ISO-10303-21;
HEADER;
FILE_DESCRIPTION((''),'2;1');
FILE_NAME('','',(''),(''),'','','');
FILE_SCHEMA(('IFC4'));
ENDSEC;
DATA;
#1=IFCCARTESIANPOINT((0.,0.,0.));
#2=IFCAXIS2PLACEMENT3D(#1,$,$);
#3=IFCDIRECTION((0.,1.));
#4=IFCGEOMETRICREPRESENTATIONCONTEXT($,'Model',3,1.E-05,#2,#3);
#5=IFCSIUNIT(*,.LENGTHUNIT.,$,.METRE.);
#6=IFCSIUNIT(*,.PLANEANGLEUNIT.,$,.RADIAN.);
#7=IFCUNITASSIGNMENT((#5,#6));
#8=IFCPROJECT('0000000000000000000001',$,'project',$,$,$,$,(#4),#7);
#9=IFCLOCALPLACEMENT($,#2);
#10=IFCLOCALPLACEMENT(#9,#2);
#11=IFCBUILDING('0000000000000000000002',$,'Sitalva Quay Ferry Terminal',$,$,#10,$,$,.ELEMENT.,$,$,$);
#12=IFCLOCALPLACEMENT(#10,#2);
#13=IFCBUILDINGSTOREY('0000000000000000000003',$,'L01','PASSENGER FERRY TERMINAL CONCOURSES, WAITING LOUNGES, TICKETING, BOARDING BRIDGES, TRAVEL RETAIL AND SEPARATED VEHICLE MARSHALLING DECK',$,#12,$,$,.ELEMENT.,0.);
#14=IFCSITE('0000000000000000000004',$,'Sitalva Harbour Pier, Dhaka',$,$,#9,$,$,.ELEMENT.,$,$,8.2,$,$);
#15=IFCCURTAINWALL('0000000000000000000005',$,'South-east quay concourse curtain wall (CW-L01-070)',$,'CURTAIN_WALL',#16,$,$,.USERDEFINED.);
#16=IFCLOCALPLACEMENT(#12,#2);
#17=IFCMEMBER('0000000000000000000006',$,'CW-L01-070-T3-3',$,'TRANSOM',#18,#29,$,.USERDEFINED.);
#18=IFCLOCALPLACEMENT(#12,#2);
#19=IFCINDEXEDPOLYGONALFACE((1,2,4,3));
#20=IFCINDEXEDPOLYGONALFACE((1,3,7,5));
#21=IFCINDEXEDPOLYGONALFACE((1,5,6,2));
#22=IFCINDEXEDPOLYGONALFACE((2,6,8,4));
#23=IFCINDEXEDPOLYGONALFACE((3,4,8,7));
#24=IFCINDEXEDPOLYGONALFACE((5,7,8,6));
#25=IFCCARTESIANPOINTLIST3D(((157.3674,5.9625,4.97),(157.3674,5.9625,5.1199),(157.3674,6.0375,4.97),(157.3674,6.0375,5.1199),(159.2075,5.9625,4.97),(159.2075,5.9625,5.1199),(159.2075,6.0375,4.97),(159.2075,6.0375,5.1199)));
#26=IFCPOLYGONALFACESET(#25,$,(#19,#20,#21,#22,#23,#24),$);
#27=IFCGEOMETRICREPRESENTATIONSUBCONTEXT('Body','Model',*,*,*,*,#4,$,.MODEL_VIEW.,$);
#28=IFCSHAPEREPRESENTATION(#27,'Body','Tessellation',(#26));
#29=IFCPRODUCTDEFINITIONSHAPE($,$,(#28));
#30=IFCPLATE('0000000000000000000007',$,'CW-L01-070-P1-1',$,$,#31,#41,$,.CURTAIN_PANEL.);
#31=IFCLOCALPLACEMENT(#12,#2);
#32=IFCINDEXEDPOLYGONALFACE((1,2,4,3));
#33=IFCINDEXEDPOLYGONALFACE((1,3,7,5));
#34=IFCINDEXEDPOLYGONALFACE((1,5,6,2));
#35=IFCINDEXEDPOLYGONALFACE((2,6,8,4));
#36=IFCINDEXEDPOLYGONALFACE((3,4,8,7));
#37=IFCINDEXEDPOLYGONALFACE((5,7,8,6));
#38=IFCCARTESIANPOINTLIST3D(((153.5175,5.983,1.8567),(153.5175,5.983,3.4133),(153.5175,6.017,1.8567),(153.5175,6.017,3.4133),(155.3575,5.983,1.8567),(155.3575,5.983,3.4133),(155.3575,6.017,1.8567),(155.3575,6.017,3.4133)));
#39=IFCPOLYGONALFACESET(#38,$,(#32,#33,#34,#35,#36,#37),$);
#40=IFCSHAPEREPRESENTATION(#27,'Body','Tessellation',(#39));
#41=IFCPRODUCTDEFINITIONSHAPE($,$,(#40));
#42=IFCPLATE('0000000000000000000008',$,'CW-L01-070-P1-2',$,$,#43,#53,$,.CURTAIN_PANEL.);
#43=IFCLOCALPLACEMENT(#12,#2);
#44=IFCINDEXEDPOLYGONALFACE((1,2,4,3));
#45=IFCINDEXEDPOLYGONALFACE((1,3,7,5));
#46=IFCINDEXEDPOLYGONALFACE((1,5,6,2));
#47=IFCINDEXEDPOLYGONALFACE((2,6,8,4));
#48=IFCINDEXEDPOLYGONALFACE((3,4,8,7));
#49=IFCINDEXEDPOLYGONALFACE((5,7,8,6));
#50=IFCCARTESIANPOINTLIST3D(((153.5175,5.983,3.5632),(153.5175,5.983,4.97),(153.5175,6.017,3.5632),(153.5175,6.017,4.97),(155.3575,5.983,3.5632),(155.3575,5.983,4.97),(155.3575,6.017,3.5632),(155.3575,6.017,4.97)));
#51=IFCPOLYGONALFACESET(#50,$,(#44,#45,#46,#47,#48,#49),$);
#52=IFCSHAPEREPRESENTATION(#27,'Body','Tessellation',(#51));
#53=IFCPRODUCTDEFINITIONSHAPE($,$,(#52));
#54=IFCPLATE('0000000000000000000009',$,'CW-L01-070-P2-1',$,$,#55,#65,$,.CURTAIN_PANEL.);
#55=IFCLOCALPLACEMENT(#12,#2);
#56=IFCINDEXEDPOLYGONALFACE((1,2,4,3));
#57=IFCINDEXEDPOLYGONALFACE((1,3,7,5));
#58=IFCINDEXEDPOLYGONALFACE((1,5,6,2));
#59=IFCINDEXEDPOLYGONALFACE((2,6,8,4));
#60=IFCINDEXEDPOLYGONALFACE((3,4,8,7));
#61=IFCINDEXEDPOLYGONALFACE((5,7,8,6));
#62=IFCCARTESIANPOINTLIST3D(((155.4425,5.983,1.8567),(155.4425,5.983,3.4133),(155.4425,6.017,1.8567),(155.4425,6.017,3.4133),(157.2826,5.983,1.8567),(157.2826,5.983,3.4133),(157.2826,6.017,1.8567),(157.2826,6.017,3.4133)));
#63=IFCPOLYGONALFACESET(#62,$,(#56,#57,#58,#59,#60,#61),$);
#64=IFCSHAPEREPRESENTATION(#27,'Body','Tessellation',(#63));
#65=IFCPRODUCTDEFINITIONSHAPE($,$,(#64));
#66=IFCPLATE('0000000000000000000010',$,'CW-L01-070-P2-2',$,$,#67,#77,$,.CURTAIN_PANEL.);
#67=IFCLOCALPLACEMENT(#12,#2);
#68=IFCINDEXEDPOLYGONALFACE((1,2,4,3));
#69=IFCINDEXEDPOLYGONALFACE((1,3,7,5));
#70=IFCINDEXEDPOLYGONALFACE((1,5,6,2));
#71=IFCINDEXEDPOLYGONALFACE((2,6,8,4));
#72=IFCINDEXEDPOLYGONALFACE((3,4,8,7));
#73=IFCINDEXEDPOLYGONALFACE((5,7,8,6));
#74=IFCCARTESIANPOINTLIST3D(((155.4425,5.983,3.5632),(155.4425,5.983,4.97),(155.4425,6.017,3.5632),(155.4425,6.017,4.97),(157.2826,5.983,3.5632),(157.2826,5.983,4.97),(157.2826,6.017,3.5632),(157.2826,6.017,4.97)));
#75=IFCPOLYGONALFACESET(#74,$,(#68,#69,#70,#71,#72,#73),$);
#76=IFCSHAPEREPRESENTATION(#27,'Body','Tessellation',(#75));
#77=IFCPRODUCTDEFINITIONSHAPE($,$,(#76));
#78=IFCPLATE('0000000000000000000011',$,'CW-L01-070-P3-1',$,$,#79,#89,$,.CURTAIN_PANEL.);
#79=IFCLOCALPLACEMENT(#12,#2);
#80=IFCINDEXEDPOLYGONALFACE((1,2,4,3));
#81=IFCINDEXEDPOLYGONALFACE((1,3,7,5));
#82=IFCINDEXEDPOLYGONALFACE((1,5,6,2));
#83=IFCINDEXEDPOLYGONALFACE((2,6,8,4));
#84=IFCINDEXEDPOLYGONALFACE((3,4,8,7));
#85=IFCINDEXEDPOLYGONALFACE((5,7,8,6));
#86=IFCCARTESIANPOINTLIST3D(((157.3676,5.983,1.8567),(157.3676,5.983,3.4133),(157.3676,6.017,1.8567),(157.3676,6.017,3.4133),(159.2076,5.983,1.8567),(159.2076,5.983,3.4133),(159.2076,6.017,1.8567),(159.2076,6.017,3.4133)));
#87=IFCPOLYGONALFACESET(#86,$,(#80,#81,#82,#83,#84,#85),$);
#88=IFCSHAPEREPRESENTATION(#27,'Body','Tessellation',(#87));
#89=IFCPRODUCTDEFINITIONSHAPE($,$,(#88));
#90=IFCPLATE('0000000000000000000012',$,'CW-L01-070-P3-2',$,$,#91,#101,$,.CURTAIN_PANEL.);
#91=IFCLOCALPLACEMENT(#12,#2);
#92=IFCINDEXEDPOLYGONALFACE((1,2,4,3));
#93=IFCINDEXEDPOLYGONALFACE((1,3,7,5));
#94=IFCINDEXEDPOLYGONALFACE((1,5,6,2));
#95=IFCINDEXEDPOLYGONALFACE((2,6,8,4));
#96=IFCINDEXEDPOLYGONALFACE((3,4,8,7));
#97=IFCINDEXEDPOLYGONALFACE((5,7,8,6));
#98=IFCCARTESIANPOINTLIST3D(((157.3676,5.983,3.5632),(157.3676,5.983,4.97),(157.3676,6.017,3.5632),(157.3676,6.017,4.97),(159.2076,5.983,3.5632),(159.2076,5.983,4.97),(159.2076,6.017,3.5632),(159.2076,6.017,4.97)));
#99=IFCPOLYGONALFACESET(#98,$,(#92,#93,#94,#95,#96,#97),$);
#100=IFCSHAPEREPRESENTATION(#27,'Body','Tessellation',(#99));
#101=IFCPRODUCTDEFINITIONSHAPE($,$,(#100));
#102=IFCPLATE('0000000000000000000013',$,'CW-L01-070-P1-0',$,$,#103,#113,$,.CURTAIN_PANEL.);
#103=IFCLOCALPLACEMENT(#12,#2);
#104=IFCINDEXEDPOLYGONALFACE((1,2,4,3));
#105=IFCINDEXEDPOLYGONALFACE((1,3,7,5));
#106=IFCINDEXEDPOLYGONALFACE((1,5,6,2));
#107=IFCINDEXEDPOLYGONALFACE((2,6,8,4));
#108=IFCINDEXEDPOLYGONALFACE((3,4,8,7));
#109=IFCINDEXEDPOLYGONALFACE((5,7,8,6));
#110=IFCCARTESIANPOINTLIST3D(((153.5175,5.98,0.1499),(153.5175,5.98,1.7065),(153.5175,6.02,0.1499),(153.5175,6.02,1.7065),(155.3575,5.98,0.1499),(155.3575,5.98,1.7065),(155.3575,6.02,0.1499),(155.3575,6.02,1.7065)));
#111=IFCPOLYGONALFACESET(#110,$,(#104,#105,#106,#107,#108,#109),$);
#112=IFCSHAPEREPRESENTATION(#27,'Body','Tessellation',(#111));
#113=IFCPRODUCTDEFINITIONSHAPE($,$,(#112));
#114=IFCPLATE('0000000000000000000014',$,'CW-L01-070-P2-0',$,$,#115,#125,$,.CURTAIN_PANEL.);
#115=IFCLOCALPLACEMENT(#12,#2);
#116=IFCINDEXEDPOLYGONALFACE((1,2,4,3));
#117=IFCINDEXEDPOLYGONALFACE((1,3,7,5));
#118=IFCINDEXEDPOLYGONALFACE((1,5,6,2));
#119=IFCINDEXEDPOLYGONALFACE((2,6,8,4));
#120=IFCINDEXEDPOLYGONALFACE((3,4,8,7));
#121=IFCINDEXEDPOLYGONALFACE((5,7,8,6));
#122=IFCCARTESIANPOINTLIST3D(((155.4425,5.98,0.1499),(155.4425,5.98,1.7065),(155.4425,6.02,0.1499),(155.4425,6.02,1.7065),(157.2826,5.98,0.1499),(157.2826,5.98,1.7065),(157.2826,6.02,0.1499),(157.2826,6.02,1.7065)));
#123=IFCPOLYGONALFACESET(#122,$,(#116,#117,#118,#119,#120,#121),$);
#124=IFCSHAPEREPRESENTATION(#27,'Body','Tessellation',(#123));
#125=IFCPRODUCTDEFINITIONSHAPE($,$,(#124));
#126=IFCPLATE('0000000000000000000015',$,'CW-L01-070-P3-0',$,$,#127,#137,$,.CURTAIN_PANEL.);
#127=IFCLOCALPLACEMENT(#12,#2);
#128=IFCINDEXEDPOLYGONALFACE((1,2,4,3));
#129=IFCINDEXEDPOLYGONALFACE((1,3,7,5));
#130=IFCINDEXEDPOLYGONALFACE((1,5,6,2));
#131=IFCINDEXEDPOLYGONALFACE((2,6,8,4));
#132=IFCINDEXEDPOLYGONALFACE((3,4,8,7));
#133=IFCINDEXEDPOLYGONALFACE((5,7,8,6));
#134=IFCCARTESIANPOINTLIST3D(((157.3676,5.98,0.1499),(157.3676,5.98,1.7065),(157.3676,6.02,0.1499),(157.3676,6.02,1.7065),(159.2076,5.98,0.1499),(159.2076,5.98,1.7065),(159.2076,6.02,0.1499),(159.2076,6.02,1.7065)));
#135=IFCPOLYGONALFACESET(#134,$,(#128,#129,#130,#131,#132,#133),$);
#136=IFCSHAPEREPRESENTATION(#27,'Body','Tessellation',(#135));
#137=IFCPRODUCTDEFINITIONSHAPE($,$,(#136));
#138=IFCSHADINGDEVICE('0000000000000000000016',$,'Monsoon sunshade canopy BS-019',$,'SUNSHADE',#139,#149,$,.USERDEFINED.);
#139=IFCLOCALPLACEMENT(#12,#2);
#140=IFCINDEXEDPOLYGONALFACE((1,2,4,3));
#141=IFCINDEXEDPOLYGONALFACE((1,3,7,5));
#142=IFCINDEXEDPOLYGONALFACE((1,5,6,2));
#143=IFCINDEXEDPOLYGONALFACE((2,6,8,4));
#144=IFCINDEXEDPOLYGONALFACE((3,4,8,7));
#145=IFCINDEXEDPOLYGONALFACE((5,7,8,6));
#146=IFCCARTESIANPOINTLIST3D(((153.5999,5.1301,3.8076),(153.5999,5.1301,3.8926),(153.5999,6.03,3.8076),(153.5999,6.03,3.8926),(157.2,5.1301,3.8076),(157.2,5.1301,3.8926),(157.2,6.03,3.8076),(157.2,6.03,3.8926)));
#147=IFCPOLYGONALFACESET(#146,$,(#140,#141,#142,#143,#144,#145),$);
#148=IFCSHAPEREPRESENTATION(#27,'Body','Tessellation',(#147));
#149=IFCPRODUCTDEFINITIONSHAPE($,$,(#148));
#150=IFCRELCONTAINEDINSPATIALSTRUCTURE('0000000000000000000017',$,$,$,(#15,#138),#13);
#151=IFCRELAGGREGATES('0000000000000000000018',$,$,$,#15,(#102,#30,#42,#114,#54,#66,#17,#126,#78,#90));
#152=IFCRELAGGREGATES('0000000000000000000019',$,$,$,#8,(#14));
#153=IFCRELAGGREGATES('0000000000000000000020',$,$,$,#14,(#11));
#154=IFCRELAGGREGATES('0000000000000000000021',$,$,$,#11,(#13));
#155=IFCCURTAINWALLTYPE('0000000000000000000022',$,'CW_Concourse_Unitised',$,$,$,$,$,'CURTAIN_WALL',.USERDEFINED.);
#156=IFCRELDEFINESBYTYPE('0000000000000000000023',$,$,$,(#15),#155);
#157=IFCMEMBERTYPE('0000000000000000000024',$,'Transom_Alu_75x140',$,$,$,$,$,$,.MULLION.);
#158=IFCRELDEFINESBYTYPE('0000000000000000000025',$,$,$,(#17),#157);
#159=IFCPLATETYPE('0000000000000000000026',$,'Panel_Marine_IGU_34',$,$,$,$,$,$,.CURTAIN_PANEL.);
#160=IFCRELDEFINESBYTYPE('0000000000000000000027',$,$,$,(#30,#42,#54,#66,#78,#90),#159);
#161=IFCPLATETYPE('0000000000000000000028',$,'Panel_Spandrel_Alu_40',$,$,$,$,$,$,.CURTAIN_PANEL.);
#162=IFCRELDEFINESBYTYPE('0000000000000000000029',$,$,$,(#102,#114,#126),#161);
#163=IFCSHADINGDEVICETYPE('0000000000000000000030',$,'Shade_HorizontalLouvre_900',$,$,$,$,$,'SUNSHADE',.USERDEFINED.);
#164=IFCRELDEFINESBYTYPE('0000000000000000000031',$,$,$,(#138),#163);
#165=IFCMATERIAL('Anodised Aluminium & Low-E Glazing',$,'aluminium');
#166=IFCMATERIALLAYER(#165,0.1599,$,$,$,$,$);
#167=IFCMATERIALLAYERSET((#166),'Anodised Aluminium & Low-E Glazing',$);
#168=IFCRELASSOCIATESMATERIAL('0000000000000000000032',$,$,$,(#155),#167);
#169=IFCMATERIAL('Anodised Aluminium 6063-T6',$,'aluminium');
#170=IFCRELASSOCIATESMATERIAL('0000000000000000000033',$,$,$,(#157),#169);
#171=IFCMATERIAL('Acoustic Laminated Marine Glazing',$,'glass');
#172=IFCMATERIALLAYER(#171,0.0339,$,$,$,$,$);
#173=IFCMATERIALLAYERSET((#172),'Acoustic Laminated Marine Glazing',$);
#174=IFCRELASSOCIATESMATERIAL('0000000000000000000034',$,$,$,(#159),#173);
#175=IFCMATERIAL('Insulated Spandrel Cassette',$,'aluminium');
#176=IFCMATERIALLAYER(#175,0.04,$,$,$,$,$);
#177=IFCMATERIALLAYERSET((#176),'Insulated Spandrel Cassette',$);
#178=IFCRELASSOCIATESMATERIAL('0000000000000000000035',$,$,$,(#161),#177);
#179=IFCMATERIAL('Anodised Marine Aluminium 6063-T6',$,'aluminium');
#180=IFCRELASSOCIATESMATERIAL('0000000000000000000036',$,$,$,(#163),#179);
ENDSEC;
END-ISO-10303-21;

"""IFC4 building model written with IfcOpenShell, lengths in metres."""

from ifc_helpers import new_model, si_unit, direction, frame, origin, origin_2d, place, context, subcontext, project, spatial, rectangle, extrude, material, layer, layer_set, material_profile, profile_set, type_object, element, aggregate, save


model = new_model("IFC4")

# Units and contexts
model_context = context("Model", 3, precision=1e-05, world=origin(), true_north=direction((0.0, 1.0)))
body_context = subcontext(model_context, "Body", "Model", "MODEL_VIEW")
ifc_project = project(units=[si_unit("LENGTHUNIT", "METRE"), si_unit("PLANEANGLEUNIT", "RADIAN")], contexts=[model_context])

# Site, building, storey
site_placement = place(None, origin())
site = spatial("IfcSite", under=ifc_project, at=site_placement, Name="Sitalva Harbour Pier, Dhaka", CompositionType="ELEMENT", RefElevation=8.2)
building_placement = place(site_placement, origin())
building = spatial("IfcBuilding", under=site, at=building_placement, Name="Sitalva Quay Ferry Terminal", CompositionType="ELEMENT")
storey_placement = place(building_placement, origin())
storey = spatial("IfcBuildingStorey", under=building, at=storey_placement, Name="L01", Description="PASSENGER FERRY TERMINAL CONCOURSES, WAITING LOUNGES, TICKETING, BOARDING BRIDGES, TRAVEL RETAIL AND SEPARATED VEHICLE MARSHALLING DECK", CompositionType="ELEMENT", Elevation=0.0)

# Curtain wall, member, plates
ifc_material_1 = material(Name="Anodised Aluminium & Low-E Glazing", Category="aluminium")
ifc_layer_1 = layer(ifc_material_1, 0.1599)
ifc_layer_set_1 = layer_set([ifc_layer_1], Name="Anodised Aluminium & Low-E Glazing")
curtain_wall_type = type_object("IfcCurtainWallType", Name="CW_Concourse_Unitised", ElementType="CURTAIN_WALL", PredefinedType="USERDEFINED", material=ifc_layer_set_1)
curtain_wall_placement = place(storey_placement, origin())
curtain_wall = element("IfcCurtainWall", 1, at=curtain_wall_placement, inside=storey, type_object=curtain_wall_type, Name="South-east quay concourse curtain wall (CW-L01-070)", ObjectType="CURTAIN_WALL", PredefinedType="USERDEFINED")
ifc_material_2 = material(Name="Anodised Aluminium 6063-T6", Category="aluminium")
ifc_material_profile_1 = material_profile(ifc_material_2, rectangle(XDim=0.075, YDim=0.1499, at=origin_2d()), Name="ALU75x150")
ifc_profile_set_1 = profile_set([ifc_material_profile_1], Name="Anodised Aluminium 6063-T6")
member_type_1 = type_object("IfcMemberType", Name="Transom_Alu_75x140", PredefinedType="MULLION", material=ifc_profile_set_1)
member_1_placement = place(storey_placement, frame((157.3674, 6.0, 5.0449), z_axis=(1.0, 0.0, 0.0), x_axis=(0.0, 1.0, 0.0)))
member_1 = element("IfcMember", 2, at=member_1_placement, type_object=member_type_1, Name="CW-L01-070-T3-3", ObjectType="TRANSOM", PredefinedType="USERDEFINED", context=body_context, shape_type="SweptSolid", body=[
    extrude(rectangle(XDim=0.075, YDim=0.1499, at=origin_2d()), origin(), (0.0, 0.0, 1.0), 1.8401),
])
ifc_material_3 = material(Name="Acoustic Laminated Marine Glazing", Category="glass")
ifc_layer_2 = layer(ifc_material_3, 0.0339)
ifc_layer_set_2 = layer_set([ifc_layer_2], Name="Acoustic Laminated Marine Glazing")
plate_type_1 = type_object("IfcPlateType", Name="Panel_Marine_IGU_34", PredefinedType="CURTAIN_PANEL", material=ifc_layer_set_2)
plate_1_placement = place(storey_placement, frame((154.4375, 6.0, 1.8567), z_axis=(0.0, 0.0, 1.0), x_axis=(1.0, 0.0, 0.0)))
plate_1 = element("IfcPlate", 3, at=plate_1_placement, type_object=plate_type_1, Name="CW-L01-070-P1-1", PredefinedType="CURTAIN_PANEL", context=body_context, shape_type="SweptSolid", body=[
    extrude(rectangle(XDim=1.8401, YDim=0.0339, at=origin_2d()), origin(), (0.0, 0.0, 1.0), 1.5566),
])
plate_2_placement = place(storey_placement, frame((154.4375, 6.0, 3.5632), z_axis=(0.0, 0.0, 1.0), x_axis=(1.0, 0.0, 0.0)))
plate_2 = element("IfcPlate", 4, at=plate_2_placement, type_object=plate_type_1, Name="CW-L01-070-P1-2", PredefinedType="CURTAIN_PANEL", context=body_context, shape_type="SweptSolid", body=[
    extrude(rectangle(XDim=1.8401, YDim=0.0339, at=origin_2d()), origin(), (0.0, 0.0, 1.0), 1.4067),
])
plate_3_placement = place(storey_placement, frame((156.3625, 6.0, 1.8567), z_axis=(0.0, 0.0, 1.0), x_axis=(1.0, 0.0, 0.0)))
plate_3 = element("IfcPlate", 5, at=plate_3_placement, type_object=plate_type_1, Name="CW-L01-070-P2-1", PredefinedType="CURTAIN_PANEL", context=body_context, shape_type="SweptSolid", body=[
    extrude(rectangle(XDim=1.8401, YDim=0.0339, at=origin_2d()), origin(), (0.0, 0.0, 1.0), 1.5566),
])
plate_4_placement = place(storey_placement, frame((156.3625, 6.0, 3.5632), z_axis=(0.0, 0.0, 1.0), x_axis=(1.0, 0.0, 0.0)))
plate_4 = element("IfcPlate", 6, at=plate_4_placement, type_object=plate_type_1, Name="CW-L01-070-P2-2", PredefinedType="CURTAIN_PANEL", context=body_context, shape_type="SweptSolid", body=[
    extrude(rectangle(XDim=1.8401, YDim=0.0339, at=origin_2d()), origin(), (0.0, 0.0, 1.0), 1.4067),
])
plate_5_placement = place(storey_placement, frame((158.2876, 6.0, 1.8567), z_axis=(0.0, 0.0, 1.0), x_axis=(1.0, 0.0, 0.0)))
plate_5 = element("IfcPlate", 7, at=plate_5_placement, type_object=plate_type_1, Name="CW-L01-070-P3-1", PredefinedType="CURTAIN_PANEL", context=body_context, shape_type="SweptSolid", body=[
    extrude(rectangle(XDim=1.8401, YDim=0.0339, at=origin_2d()), origin(), (0.0, 0.0, 1.0), 1.5566),
])
plate_6_placement = place(storey_placement, frame((158.2876, 6.0, 3.5632), z_axis=(0.0, 0.0, 1.0), x_axis=(1.0, 0.0, 0.0)))
plate_6 = element("IfcPlate", 8, at=plate_6_placement, type_object=plate_type_1, Name="CW-L01-070-P3-2", PredefinedType="CURTAIN_PANEL", context=body_context, shape_type="SweptSolid", body=[
    extrude(rectangle(XDim=1.8401, YDim=0.0339, at=origin_2d()), origin(), (0.0, 0.0, 1.0), 1.4067),
])
ifc_material_4 = material(Name="Insulated Spandrel Cassette", Category="aluminium")
ifc_layer_3 = layer(ifc_material_4, 0.04)
ifc_layer_set_3 = layer_set([ifc_layer_3], Name="Insulated Spandrel Cassette")
plate_type_2 = type_object("IfcPlateType", Name="Panel_Spandrel_Alu_40", PredefinedType="CURTAIN_PANEL", material=ifc_layer_set_3)
plate_7_placement = place(storey_placement, frame((154.4375, 6.0, 0.1499), z_axis=(0.0, 0.0, 1.0), x_axis=(1.0, 0.0, 0.0)))
plate_7 = element("IfcPlate", 9, at=plate_7_placement, type_object=plate_type_2, Name="CW-L01-070-P1-0", PredefinedType="CURTAIN_PANEL", context=body_context, shape_type="SweptSolid", body=[
    extrude(rectangle(XDim=1.8401, YDim=0.04, at=origin_2d()), origin(), (0.0, 0.0, 1.0), 1.5566),
])
plate_8_placement = place(storey_placement, frame((156.3625, 6.0, 0.1499), z_axis=(0.0, 0.0, 1.0), x_axis=(1.0, 0.0, 0.0)))
plate_8 = element("IfcPlate", 10, at=plate_8_placement, type_object=plate_type_2, Name="CW-L01-070-P2-0", PredefinedType="CURTAIN_PANEL", context=body_context, shape_type="SweptSolid", body=[
    extrude(rectangle(XDim=1.8401, YDim=0.04, at=origin_2d()), origin(), (0.0, 0.0, 1.0), 1.5566),
])
plate_9_placement = place(storey_placement, frame((158.2876, 6.0, 0.1499), z_axis=(0.0, 0.0, 1.0), x_axis=(1.0, 0.0, 0.0)))
plate_9 = element("IfcPlate", 11, at=plate_9_placement, type_object=plate_type_2, Name="CW-L01-070-P3-0", PredefinedType="CURTAIN_PANEL", context=body_context, shape_type="SweptSolid", body=[
    extrude(rectangle(XDim=1.8401, YDim=0.04, at=origin_2d()), origin(), (0.0, 0.0, 1.0), 1.5566),
])
aggregate(curtain_wall, [plate_7, plate_1, plate_2, plate_8, plate_3, plate_4, member_1, plate_9, plate_5, plate_6])

# Shading device
ifc_material_5 = material(Name="Anodised Marine Aluminium 6063-T6", Category="aluminium")
shading_device_type = type_object("IfcShadingDeviceType", Name="Shade_HorizontalLouvre_900", ElementType="SUNSHADE", PredefinedType="USERDEFINED", material=ifc_material_5)
shading_device_placement = place(storey_placement, frame((155.3999, 5.5801, 3.8076), z_axis=(0.0, 0.0, 1.0), x_axis=(1.0, 0.0, 0.0)))
element("IfcShadingDevice", 12, at=shading_device_placement, inside=storey, type_object=shading_device_type, Name="Monsoon sunshade canopy BS-019", ObjectType="SUNSHADE", PredefinedType="USERDEFINED", context=body_context, shape_type="SweptSolid", body=[
    extrude(rectangle(XDim=3.6001, YDim=0.8999, at=origin_2d()), origin(), (0.0, 0.0, 1.0), 0.085),
])

save(model, "model.ifc")
